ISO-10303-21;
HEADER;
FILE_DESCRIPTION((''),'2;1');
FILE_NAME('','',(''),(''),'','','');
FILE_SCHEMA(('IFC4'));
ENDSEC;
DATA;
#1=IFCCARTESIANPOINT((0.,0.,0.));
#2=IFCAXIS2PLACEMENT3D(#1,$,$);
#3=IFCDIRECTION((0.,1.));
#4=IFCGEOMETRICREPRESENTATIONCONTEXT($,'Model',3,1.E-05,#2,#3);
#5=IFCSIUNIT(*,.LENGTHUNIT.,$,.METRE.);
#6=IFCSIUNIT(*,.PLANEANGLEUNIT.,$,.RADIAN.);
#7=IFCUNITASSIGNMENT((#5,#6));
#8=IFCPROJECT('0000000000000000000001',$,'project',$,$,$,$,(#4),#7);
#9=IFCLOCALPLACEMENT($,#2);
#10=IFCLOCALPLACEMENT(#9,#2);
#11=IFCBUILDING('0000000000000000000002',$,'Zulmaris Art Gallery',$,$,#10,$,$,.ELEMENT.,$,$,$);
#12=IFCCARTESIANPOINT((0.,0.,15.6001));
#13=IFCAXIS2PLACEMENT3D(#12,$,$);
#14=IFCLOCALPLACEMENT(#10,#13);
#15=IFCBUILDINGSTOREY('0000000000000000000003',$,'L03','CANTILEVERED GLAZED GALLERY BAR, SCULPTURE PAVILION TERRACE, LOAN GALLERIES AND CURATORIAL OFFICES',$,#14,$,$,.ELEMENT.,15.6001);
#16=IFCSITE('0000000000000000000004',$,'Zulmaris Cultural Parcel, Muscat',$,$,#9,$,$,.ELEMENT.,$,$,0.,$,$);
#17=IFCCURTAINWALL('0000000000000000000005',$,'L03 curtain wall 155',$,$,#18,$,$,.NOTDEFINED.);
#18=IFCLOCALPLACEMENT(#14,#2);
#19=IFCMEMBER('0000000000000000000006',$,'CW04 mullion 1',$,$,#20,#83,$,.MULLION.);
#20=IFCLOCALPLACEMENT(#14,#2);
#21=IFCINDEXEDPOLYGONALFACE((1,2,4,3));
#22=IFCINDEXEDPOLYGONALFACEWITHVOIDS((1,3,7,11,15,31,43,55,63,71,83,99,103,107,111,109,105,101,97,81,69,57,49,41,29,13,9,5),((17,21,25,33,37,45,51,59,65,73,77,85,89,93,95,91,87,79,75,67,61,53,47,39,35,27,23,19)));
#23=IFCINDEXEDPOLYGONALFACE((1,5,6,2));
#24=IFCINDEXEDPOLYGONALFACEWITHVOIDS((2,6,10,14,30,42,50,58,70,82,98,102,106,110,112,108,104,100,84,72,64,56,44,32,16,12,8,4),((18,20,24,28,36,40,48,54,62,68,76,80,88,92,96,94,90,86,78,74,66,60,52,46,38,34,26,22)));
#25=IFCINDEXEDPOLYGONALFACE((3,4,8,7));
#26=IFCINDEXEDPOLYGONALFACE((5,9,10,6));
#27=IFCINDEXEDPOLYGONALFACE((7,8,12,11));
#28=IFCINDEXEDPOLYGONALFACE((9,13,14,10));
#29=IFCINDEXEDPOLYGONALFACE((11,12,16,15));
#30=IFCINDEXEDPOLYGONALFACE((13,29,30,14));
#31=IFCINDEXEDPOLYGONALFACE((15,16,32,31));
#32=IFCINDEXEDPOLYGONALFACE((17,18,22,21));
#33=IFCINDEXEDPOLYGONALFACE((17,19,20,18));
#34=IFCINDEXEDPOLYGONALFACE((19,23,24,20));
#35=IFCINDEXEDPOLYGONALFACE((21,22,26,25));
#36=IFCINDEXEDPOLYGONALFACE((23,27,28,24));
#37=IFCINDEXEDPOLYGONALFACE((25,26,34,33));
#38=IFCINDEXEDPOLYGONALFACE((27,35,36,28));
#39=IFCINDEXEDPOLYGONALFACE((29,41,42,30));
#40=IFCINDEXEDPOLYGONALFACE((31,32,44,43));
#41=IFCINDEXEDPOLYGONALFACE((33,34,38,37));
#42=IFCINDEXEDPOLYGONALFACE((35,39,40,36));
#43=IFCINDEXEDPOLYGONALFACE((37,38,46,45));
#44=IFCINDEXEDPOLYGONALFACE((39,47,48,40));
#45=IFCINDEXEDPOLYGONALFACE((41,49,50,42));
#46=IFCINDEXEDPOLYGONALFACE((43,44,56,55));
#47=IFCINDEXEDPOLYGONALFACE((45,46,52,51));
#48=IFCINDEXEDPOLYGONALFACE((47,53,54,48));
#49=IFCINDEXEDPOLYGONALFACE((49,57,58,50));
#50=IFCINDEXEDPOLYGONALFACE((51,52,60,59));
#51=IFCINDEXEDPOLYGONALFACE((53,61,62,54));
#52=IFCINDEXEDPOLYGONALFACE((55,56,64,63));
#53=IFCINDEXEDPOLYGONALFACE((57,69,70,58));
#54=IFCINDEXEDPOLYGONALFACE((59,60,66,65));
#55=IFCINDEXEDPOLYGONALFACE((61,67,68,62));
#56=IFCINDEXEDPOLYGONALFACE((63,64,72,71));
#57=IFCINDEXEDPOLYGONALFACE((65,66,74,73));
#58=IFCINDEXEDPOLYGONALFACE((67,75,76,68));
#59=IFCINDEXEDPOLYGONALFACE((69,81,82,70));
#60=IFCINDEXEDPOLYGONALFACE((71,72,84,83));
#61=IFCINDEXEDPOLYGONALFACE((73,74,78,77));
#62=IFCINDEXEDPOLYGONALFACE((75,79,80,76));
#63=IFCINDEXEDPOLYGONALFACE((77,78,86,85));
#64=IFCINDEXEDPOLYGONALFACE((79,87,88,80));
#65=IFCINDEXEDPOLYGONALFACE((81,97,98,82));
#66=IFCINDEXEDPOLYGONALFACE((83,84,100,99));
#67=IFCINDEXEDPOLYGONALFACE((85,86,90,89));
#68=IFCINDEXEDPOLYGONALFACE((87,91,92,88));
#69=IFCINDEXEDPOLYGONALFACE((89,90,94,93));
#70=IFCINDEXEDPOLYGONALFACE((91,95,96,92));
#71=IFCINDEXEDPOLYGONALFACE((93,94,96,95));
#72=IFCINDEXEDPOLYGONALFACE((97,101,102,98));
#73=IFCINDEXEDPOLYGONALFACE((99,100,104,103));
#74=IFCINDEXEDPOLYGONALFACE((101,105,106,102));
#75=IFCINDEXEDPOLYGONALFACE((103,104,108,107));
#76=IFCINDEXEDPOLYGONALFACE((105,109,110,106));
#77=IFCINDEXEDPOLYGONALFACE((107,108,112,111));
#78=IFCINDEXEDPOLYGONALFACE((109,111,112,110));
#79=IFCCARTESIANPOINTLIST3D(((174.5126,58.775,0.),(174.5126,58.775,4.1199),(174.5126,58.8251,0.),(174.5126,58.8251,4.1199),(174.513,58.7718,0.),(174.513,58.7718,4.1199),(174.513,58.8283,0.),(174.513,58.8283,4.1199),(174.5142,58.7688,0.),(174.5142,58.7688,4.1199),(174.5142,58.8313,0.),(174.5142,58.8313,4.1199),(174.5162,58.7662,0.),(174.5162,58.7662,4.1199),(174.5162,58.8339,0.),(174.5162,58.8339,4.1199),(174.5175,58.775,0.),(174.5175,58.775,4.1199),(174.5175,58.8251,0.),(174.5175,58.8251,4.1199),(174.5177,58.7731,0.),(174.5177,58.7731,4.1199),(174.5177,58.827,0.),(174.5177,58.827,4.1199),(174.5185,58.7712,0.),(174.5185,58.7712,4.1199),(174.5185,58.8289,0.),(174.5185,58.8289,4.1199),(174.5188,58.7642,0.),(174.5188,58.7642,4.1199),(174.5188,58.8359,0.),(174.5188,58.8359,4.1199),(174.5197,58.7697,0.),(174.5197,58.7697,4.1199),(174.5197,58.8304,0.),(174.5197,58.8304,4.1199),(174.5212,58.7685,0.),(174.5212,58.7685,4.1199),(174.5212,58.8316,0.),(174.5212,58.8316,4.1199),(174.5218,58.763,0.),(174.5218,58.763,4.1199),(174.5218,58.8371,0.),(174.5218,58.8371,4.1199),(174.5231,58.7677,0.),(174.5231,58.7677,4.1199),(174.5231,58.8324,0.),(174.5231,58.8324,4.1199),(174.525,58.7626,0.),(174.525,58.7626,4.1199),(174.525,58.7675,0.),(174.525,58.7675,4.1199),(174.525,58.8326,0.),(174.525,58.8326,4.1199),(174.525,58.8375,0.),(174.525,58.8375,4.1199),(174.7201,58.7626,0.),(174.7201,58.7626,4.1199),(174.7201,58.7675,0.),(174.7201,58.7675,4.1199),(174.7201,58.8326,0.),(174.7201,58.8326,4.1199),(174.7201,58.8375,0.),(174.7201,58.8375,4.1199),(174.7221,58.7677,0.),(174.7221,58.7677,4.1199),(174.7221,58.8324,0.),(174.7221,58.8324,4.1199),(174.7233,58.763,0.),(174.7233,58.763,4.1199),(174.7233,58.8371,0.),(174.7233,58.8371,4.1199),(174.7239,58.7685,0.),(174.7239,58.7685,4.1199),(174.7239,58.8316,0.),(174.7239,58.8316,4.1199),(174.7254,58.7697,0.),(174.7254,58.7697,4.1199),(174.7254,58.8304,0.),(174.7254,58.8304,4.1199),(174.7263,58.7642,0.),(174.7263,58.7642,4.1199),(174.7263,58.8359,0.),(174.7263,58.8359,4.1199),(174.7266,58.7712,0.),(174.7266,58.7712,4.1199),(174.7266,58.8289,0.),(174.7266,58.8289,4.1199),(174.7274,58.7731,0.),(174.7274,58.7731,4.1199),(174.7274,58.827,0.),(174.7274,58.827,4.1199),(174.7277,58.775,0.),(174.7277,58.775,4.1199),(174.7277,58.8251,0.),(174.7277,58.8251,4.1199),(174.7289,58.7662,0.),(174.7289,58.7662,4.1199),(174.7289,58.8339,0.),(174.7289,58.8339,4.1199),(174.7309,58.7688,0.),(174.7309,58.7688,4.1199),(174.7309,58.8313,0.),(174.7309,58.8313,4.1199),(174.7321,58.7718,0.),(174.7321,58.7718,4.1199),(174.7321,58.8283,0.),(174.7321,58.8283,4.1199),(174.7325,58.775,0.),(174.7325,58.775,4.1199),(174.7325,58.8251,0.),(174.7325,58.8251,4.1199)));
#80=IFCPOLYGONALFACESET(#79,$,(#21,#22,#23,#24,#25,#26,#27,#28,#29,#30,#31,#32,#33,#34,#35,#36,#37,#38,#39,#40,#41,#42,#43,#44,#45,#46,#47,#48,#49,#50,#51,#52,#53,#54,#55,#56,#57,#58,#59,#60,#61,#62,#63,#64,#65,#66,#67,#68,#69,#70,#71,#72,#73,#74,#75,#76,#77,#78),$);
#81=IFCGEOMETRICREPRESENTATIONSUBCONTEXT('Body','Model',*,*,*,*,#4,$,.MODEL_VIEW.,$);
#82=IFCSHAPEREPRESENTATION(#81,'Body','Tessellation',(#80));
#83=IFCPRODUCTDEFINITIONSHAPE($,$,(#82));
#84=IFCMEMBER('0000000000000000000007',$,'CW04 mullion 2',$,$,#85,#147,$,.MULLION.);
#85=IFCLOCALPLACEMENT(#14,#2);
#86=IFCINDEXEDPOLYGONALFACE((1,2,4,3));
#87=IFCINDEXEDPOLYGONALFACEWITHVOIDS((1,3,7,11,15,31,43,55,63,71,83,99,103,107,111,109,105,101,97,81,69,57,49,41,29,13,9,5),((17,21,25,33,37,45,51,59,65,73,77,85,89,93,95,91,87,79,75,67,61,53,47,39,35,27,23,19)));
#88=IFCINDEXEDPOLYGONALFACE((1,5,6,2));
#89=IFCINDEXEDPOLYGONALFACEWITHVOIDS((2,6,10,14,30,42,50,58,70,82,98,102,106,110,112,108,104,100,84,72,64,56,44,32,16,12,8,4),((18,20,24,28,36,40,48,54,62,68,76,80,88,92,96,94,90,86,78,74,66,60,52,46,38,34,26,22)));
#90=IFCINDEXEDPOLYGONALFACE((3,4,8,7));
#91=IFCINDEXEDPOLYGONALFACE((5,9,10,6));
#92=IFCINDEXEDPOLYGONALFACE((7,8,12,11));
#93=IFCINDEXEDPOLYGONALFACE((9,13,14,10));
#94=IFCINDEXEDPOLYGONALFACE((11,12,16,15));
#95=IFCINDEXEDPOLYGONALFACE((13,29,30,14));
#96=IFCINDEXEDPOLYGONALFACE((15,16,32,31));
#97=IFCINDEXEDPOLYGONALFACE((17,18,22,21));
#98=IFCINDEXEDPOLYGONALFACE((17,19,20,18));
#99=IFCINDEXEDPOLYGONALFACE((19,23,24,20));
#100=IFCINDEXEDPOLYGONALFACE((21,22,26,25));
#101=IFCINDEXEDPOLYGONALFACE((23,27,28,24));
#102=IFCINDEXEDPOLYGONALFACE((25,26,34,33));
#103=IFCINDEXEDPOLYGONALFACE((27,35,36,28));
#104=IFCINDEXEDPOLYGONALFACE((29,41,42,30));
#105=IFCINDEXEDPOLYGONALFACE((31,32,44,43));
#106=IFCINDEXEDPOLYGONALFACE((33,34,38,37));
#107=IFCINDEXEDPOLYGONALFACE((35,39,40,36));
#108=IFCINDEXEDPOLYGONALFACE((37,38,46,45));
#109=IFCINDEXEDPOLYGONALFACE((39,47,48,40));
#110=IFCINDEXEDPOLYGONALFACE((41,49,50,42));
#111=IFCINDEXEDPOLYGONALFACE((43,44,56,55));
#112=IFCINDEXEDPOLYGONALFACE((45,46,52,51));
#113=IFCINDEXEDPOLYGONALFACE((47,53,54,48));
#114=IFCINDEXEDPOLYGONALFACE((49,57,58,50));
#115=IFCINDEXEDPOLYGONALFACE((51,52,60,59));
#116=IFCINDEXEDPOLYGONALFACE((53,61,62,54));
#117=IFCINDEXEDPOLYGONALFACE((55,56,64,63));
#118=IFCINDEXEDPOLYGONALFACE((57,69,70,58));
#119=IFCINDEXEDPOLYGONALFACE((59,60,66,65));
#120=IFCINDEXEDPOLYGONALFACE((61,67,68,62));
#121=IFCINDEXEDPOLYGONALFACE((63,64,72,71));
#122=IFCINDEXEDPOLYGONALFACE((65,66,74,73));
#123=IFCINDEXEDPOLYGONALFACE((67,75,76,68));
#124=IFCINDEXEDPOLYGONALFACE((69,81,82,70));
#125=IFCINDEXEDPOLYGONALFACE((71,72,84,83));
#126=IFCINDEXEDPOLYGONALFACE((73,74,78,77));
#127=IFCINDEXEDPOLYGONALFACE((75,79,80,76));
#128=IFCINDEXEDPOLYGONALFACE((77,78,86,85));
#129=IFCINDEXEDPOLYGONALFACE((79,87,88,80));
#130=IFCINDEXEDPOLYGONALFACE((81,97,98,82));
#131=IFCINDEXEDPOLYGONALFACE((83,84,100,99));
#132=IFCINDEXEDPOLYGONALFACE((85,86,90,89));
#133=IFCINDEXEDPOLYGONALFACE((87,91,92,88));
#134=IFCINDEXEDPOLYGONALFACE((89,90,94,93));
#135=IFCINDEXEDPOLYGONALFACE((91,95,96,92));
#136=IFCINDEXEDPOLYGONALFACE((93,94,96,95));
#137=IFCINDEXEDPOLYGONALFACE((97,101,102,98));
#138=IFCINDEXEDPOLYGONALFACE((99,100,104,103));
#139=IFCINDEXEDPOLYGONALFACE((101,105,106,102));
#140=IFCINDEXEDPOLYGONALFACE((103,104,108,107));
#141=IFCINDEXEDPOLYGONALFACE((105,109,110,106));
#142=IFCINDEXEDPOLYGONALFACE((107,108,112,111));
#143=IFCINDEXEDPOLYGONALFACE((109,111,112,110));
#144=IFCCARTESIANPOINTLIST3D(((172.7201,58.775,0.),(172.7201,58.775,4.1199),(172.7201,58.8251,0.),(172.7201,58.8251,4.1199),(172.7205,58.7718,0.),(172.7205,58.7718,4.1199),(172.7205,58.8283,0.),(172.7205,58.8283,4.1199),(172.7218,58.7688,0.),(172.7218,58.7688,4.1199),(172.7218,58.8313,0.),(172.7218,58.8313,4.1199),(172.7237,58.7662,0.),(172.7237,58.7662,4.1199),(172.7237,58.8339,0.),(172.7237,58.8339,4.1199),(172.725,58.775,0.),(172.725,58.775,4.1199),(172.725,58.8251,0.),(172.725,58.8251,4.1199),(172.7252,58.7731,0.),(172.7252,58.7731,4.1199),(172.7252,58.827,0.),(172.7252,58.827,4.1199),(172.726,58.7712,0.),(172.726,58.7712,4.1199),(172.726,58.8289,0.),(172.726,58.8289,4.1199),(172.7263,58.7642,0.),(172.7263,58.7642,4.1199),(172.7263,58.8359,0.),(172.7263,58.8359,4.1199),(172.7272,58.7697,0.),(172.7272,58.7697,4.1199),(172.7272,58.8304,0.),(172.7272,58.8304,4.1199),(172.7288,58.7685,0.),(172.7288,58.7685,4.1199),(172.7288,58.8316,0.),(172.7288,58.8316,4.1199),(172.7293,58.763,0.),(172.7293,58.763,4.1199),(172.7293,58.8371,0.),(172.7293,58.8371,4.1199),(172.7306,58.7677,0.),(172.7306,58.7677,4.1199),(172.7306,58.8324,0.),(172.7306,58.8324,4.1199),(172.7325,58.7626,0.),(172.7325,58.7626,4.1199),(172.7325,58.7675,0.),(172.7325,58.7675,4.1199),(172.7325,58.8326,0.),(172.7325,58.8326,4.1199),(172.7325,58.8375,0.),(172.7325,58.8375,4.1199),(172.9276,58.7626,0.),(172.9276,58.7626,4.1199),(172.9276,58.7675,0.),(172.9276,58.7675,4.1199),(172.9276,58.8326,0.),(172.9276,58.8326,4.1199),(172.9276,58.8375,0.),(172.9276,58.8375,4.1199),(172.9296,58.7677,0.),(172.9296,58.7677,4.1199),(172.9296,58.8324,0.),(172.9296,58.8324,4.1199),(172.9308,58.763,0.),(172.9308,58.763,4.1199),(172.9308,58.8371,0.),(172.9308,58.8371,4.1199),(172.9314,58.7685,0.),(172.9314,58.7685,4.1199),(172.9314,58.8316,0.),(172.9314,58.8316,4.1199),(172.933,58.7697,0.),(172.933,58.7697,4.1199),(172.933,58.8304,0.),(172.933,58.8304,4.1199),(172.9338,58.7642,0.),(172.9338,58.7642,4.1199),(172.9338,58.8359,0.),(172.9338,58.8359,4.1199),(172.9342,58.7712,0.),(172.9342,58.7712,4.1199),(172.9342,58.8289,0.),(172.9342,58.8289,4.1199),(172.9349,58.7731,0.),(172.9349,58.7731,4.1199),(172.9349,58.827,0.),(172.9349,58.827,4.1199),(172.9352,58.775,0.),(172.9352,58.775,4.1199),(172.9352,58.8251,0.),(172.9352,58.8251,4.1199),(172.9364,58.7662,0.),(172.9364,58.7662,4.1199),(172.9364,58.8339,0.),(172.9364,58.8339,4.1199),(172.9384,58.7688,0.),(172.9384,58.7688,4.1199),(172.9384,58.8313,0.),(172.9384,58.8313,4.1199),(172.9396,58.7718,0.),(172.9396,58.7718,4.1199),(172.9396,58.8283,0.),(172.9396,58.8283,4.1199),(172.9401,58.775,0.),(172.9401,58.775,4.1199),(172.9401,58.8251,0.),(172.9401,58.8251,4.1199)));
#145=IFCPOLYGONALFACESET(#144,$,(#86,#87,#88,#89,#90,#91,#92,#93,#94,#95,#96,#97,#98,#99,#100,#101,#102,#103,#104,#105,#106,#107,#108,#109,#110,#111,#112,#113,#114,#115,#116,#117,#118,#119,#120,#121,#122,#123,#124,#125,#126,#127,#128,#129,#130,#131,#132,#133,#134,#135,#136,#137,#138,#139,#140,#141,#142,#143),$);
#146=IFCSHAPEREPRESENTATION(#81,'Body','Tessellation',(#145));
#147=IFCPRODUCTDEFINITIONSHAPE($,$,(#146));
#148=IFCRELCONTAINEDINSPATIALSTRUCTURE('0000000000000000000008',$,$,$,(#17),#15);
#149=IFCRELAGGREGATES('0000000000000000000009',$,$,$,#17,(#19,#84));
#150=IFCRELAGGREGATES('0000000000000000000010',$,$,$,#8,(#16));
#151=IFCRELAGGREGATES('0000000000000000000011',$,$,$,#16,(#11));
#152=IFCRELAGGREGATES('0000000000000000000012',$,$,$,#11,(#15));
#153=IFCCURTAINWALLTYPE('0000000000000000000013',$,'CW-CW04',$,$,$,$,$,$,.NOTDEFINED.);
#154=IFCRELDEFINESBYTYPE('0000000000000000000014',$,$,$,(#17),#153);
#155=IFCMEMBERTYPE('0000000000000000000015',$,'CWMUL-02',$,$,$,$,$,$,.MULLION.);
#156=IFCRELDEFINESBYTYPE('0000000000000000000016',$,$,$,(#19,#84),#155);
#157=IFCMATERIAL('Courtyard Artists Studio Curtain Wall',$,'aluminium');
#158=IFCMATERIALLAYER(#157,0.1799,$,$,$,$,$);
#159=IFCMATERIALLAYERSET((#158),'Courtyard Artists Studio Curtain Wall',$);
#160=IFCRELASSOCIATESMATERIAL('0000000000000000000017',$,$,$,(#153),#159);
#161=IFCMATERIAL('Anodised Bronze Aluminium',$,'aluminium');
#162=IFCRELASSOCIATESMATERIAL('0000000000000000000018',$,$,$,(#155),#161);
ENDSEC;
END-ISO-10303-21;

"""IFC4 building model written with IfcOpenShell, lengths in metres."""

from ifc_helpers import new_model, si_unit, direction, frame, origin, origin_2d, place, context, subcontext, project, spatial, hollow_rectangle, extrude, material, layer, layer_set, material_profile, profile_set, type_object, element, aggregate, save


model = new_model("IFC4")

# Units and contexts
model_context = context("Model", 3, precision=1e-05, world=origin(), true_north=direction((0.0, 1.0)))
body_context = subcontext(model_context, "Body", "Model", "MODEL_VIEW")
ifc_project = project(units=[si_unit("LENGTHUNIT", "METRE"), si_unit("PLANEANGLEUNIT", "RADIAN")], contexts=[model_context])

# Site, building, storey
site_placement = place(None, origin())
site = spatial("IfcSite", under=ifc_project, at=site_placement, Name="Zulmaris Cultural Parcel, Muscat", CompositionType="ELEMENT", RefElevation=0.0)
building_placement = place(site_placement, origin())
building = spatial("IfcBuilding", under=site, at=building_placement, Name="Zulmaris Art Gallery", CompositionType="ELEMENT")
storey_placement = place(building_placement, frame((0.0, 0.0, 15.6001)))
storey = spatial("IfcBuildingStorey", under=building, at=storey_placement, Name="L03", Description="CANTILEVERED GLAZED GALLERY BAR, SCULPTURE PAVILION TERRACE, LOAN GALLERIES AND CURATORIAL OFFICES", CompositionType="ELEMENT", Elevation=15.6001)

# Curtain wall, members
ifc_material_1 = material(Name="Courtyard Artists Studio Curtain Wall", Category="aluminium")
ifc_layer_1 = layer(ifc_material_1, 0.1799)
ifc_layer_set_1 = layer_set([ifc_layer_1], Name="Courtyard Artists Studio Curtain Wall")
curtain_wall_type = type_object("IfcCurtainWallType", Name="CW-CW04", PredefinedType="NOTDEFINED", material=ifc_layer_set_1)
curtain_wall_1_placement = place(storey_placement, origin())
curtain_wall_1 = element("IfcCurtainWall", 1, at=curtain_wall_1_placement, inside=storey, type_object=curtain_wall_type, Name="L03 curtain wall 155", PredefinedType="NOTDEFINED")
ifc_material_2 = material(Name="Anodised Bronze Aluminium", Category="aluminium")
ifc_material_profile_1 = material_profile(ifc_material_2, hollow_rectangle(XDim=0.075, YDim=0.22, WallThickness=0.0049, InnerFilletRadius=0.0076, OuterFilletRadius=0.0125, at=origin_2d()), Name="ALU 75x220x5")
ifc_profile_set_1 = profile_set([ifc_material_profile_1], Name="Anodised Bronze Aluminium")
member_type_1 = type_object("IfcMemberType", Name="CWMUL-02", PredefinedType="MULLION", material=ifc_profile_set_1)
member_1_placement = place(storey_placement, frame((174.6226, 58.8, 0.0), z_axis=(0.0, 0.0, 1.0), x_axis=(0.0, -1.0, 0.0)))
member_1 = element("IfcMember", 2, at=member_1_placement, type_object=member_type_1, Name="CW04 mullion 1", PredefinedType="MULLION", context=body_context, shape_type="SweptSolid", body=[
    extrude(hollow_rectangle(XDim=0.075, YDim=0.22, WallThickness=0.0049, InnerFilletRadius=0.0076, OuterFilletRadius=0.0125, at=origin_2d()), origin(), (0.0, 0.0, 1.0), 4.1199),
])
member_2_placement = place(storey_placement, frame((172.8301, 58.8, 0.0), z_axis=(0.0, 0.0, 1.0), x_axis=(0.0, -1.0, 0.0)))
member_2 = element("IfcMember", 3, at=member_2_placement, type_object=member_type_1, Name="CW04 mullion 2", PredefinedType="MULLION", context=body_context, shape_type="SweptSolid", body=[
    extrude(hollow_rectangle(XDim=0.075, YDim=0.22, WallThickness=0.0049, InnerFilletRadius=0.0076, OuterFilletRadius=0.0125, at=origin_2d()), origin(), (0.0, 0.0, 1.0), 4.1199),
])

aggregate(curtain_wall_1, [member_1, member_2])

save(model, "model.ifc")
